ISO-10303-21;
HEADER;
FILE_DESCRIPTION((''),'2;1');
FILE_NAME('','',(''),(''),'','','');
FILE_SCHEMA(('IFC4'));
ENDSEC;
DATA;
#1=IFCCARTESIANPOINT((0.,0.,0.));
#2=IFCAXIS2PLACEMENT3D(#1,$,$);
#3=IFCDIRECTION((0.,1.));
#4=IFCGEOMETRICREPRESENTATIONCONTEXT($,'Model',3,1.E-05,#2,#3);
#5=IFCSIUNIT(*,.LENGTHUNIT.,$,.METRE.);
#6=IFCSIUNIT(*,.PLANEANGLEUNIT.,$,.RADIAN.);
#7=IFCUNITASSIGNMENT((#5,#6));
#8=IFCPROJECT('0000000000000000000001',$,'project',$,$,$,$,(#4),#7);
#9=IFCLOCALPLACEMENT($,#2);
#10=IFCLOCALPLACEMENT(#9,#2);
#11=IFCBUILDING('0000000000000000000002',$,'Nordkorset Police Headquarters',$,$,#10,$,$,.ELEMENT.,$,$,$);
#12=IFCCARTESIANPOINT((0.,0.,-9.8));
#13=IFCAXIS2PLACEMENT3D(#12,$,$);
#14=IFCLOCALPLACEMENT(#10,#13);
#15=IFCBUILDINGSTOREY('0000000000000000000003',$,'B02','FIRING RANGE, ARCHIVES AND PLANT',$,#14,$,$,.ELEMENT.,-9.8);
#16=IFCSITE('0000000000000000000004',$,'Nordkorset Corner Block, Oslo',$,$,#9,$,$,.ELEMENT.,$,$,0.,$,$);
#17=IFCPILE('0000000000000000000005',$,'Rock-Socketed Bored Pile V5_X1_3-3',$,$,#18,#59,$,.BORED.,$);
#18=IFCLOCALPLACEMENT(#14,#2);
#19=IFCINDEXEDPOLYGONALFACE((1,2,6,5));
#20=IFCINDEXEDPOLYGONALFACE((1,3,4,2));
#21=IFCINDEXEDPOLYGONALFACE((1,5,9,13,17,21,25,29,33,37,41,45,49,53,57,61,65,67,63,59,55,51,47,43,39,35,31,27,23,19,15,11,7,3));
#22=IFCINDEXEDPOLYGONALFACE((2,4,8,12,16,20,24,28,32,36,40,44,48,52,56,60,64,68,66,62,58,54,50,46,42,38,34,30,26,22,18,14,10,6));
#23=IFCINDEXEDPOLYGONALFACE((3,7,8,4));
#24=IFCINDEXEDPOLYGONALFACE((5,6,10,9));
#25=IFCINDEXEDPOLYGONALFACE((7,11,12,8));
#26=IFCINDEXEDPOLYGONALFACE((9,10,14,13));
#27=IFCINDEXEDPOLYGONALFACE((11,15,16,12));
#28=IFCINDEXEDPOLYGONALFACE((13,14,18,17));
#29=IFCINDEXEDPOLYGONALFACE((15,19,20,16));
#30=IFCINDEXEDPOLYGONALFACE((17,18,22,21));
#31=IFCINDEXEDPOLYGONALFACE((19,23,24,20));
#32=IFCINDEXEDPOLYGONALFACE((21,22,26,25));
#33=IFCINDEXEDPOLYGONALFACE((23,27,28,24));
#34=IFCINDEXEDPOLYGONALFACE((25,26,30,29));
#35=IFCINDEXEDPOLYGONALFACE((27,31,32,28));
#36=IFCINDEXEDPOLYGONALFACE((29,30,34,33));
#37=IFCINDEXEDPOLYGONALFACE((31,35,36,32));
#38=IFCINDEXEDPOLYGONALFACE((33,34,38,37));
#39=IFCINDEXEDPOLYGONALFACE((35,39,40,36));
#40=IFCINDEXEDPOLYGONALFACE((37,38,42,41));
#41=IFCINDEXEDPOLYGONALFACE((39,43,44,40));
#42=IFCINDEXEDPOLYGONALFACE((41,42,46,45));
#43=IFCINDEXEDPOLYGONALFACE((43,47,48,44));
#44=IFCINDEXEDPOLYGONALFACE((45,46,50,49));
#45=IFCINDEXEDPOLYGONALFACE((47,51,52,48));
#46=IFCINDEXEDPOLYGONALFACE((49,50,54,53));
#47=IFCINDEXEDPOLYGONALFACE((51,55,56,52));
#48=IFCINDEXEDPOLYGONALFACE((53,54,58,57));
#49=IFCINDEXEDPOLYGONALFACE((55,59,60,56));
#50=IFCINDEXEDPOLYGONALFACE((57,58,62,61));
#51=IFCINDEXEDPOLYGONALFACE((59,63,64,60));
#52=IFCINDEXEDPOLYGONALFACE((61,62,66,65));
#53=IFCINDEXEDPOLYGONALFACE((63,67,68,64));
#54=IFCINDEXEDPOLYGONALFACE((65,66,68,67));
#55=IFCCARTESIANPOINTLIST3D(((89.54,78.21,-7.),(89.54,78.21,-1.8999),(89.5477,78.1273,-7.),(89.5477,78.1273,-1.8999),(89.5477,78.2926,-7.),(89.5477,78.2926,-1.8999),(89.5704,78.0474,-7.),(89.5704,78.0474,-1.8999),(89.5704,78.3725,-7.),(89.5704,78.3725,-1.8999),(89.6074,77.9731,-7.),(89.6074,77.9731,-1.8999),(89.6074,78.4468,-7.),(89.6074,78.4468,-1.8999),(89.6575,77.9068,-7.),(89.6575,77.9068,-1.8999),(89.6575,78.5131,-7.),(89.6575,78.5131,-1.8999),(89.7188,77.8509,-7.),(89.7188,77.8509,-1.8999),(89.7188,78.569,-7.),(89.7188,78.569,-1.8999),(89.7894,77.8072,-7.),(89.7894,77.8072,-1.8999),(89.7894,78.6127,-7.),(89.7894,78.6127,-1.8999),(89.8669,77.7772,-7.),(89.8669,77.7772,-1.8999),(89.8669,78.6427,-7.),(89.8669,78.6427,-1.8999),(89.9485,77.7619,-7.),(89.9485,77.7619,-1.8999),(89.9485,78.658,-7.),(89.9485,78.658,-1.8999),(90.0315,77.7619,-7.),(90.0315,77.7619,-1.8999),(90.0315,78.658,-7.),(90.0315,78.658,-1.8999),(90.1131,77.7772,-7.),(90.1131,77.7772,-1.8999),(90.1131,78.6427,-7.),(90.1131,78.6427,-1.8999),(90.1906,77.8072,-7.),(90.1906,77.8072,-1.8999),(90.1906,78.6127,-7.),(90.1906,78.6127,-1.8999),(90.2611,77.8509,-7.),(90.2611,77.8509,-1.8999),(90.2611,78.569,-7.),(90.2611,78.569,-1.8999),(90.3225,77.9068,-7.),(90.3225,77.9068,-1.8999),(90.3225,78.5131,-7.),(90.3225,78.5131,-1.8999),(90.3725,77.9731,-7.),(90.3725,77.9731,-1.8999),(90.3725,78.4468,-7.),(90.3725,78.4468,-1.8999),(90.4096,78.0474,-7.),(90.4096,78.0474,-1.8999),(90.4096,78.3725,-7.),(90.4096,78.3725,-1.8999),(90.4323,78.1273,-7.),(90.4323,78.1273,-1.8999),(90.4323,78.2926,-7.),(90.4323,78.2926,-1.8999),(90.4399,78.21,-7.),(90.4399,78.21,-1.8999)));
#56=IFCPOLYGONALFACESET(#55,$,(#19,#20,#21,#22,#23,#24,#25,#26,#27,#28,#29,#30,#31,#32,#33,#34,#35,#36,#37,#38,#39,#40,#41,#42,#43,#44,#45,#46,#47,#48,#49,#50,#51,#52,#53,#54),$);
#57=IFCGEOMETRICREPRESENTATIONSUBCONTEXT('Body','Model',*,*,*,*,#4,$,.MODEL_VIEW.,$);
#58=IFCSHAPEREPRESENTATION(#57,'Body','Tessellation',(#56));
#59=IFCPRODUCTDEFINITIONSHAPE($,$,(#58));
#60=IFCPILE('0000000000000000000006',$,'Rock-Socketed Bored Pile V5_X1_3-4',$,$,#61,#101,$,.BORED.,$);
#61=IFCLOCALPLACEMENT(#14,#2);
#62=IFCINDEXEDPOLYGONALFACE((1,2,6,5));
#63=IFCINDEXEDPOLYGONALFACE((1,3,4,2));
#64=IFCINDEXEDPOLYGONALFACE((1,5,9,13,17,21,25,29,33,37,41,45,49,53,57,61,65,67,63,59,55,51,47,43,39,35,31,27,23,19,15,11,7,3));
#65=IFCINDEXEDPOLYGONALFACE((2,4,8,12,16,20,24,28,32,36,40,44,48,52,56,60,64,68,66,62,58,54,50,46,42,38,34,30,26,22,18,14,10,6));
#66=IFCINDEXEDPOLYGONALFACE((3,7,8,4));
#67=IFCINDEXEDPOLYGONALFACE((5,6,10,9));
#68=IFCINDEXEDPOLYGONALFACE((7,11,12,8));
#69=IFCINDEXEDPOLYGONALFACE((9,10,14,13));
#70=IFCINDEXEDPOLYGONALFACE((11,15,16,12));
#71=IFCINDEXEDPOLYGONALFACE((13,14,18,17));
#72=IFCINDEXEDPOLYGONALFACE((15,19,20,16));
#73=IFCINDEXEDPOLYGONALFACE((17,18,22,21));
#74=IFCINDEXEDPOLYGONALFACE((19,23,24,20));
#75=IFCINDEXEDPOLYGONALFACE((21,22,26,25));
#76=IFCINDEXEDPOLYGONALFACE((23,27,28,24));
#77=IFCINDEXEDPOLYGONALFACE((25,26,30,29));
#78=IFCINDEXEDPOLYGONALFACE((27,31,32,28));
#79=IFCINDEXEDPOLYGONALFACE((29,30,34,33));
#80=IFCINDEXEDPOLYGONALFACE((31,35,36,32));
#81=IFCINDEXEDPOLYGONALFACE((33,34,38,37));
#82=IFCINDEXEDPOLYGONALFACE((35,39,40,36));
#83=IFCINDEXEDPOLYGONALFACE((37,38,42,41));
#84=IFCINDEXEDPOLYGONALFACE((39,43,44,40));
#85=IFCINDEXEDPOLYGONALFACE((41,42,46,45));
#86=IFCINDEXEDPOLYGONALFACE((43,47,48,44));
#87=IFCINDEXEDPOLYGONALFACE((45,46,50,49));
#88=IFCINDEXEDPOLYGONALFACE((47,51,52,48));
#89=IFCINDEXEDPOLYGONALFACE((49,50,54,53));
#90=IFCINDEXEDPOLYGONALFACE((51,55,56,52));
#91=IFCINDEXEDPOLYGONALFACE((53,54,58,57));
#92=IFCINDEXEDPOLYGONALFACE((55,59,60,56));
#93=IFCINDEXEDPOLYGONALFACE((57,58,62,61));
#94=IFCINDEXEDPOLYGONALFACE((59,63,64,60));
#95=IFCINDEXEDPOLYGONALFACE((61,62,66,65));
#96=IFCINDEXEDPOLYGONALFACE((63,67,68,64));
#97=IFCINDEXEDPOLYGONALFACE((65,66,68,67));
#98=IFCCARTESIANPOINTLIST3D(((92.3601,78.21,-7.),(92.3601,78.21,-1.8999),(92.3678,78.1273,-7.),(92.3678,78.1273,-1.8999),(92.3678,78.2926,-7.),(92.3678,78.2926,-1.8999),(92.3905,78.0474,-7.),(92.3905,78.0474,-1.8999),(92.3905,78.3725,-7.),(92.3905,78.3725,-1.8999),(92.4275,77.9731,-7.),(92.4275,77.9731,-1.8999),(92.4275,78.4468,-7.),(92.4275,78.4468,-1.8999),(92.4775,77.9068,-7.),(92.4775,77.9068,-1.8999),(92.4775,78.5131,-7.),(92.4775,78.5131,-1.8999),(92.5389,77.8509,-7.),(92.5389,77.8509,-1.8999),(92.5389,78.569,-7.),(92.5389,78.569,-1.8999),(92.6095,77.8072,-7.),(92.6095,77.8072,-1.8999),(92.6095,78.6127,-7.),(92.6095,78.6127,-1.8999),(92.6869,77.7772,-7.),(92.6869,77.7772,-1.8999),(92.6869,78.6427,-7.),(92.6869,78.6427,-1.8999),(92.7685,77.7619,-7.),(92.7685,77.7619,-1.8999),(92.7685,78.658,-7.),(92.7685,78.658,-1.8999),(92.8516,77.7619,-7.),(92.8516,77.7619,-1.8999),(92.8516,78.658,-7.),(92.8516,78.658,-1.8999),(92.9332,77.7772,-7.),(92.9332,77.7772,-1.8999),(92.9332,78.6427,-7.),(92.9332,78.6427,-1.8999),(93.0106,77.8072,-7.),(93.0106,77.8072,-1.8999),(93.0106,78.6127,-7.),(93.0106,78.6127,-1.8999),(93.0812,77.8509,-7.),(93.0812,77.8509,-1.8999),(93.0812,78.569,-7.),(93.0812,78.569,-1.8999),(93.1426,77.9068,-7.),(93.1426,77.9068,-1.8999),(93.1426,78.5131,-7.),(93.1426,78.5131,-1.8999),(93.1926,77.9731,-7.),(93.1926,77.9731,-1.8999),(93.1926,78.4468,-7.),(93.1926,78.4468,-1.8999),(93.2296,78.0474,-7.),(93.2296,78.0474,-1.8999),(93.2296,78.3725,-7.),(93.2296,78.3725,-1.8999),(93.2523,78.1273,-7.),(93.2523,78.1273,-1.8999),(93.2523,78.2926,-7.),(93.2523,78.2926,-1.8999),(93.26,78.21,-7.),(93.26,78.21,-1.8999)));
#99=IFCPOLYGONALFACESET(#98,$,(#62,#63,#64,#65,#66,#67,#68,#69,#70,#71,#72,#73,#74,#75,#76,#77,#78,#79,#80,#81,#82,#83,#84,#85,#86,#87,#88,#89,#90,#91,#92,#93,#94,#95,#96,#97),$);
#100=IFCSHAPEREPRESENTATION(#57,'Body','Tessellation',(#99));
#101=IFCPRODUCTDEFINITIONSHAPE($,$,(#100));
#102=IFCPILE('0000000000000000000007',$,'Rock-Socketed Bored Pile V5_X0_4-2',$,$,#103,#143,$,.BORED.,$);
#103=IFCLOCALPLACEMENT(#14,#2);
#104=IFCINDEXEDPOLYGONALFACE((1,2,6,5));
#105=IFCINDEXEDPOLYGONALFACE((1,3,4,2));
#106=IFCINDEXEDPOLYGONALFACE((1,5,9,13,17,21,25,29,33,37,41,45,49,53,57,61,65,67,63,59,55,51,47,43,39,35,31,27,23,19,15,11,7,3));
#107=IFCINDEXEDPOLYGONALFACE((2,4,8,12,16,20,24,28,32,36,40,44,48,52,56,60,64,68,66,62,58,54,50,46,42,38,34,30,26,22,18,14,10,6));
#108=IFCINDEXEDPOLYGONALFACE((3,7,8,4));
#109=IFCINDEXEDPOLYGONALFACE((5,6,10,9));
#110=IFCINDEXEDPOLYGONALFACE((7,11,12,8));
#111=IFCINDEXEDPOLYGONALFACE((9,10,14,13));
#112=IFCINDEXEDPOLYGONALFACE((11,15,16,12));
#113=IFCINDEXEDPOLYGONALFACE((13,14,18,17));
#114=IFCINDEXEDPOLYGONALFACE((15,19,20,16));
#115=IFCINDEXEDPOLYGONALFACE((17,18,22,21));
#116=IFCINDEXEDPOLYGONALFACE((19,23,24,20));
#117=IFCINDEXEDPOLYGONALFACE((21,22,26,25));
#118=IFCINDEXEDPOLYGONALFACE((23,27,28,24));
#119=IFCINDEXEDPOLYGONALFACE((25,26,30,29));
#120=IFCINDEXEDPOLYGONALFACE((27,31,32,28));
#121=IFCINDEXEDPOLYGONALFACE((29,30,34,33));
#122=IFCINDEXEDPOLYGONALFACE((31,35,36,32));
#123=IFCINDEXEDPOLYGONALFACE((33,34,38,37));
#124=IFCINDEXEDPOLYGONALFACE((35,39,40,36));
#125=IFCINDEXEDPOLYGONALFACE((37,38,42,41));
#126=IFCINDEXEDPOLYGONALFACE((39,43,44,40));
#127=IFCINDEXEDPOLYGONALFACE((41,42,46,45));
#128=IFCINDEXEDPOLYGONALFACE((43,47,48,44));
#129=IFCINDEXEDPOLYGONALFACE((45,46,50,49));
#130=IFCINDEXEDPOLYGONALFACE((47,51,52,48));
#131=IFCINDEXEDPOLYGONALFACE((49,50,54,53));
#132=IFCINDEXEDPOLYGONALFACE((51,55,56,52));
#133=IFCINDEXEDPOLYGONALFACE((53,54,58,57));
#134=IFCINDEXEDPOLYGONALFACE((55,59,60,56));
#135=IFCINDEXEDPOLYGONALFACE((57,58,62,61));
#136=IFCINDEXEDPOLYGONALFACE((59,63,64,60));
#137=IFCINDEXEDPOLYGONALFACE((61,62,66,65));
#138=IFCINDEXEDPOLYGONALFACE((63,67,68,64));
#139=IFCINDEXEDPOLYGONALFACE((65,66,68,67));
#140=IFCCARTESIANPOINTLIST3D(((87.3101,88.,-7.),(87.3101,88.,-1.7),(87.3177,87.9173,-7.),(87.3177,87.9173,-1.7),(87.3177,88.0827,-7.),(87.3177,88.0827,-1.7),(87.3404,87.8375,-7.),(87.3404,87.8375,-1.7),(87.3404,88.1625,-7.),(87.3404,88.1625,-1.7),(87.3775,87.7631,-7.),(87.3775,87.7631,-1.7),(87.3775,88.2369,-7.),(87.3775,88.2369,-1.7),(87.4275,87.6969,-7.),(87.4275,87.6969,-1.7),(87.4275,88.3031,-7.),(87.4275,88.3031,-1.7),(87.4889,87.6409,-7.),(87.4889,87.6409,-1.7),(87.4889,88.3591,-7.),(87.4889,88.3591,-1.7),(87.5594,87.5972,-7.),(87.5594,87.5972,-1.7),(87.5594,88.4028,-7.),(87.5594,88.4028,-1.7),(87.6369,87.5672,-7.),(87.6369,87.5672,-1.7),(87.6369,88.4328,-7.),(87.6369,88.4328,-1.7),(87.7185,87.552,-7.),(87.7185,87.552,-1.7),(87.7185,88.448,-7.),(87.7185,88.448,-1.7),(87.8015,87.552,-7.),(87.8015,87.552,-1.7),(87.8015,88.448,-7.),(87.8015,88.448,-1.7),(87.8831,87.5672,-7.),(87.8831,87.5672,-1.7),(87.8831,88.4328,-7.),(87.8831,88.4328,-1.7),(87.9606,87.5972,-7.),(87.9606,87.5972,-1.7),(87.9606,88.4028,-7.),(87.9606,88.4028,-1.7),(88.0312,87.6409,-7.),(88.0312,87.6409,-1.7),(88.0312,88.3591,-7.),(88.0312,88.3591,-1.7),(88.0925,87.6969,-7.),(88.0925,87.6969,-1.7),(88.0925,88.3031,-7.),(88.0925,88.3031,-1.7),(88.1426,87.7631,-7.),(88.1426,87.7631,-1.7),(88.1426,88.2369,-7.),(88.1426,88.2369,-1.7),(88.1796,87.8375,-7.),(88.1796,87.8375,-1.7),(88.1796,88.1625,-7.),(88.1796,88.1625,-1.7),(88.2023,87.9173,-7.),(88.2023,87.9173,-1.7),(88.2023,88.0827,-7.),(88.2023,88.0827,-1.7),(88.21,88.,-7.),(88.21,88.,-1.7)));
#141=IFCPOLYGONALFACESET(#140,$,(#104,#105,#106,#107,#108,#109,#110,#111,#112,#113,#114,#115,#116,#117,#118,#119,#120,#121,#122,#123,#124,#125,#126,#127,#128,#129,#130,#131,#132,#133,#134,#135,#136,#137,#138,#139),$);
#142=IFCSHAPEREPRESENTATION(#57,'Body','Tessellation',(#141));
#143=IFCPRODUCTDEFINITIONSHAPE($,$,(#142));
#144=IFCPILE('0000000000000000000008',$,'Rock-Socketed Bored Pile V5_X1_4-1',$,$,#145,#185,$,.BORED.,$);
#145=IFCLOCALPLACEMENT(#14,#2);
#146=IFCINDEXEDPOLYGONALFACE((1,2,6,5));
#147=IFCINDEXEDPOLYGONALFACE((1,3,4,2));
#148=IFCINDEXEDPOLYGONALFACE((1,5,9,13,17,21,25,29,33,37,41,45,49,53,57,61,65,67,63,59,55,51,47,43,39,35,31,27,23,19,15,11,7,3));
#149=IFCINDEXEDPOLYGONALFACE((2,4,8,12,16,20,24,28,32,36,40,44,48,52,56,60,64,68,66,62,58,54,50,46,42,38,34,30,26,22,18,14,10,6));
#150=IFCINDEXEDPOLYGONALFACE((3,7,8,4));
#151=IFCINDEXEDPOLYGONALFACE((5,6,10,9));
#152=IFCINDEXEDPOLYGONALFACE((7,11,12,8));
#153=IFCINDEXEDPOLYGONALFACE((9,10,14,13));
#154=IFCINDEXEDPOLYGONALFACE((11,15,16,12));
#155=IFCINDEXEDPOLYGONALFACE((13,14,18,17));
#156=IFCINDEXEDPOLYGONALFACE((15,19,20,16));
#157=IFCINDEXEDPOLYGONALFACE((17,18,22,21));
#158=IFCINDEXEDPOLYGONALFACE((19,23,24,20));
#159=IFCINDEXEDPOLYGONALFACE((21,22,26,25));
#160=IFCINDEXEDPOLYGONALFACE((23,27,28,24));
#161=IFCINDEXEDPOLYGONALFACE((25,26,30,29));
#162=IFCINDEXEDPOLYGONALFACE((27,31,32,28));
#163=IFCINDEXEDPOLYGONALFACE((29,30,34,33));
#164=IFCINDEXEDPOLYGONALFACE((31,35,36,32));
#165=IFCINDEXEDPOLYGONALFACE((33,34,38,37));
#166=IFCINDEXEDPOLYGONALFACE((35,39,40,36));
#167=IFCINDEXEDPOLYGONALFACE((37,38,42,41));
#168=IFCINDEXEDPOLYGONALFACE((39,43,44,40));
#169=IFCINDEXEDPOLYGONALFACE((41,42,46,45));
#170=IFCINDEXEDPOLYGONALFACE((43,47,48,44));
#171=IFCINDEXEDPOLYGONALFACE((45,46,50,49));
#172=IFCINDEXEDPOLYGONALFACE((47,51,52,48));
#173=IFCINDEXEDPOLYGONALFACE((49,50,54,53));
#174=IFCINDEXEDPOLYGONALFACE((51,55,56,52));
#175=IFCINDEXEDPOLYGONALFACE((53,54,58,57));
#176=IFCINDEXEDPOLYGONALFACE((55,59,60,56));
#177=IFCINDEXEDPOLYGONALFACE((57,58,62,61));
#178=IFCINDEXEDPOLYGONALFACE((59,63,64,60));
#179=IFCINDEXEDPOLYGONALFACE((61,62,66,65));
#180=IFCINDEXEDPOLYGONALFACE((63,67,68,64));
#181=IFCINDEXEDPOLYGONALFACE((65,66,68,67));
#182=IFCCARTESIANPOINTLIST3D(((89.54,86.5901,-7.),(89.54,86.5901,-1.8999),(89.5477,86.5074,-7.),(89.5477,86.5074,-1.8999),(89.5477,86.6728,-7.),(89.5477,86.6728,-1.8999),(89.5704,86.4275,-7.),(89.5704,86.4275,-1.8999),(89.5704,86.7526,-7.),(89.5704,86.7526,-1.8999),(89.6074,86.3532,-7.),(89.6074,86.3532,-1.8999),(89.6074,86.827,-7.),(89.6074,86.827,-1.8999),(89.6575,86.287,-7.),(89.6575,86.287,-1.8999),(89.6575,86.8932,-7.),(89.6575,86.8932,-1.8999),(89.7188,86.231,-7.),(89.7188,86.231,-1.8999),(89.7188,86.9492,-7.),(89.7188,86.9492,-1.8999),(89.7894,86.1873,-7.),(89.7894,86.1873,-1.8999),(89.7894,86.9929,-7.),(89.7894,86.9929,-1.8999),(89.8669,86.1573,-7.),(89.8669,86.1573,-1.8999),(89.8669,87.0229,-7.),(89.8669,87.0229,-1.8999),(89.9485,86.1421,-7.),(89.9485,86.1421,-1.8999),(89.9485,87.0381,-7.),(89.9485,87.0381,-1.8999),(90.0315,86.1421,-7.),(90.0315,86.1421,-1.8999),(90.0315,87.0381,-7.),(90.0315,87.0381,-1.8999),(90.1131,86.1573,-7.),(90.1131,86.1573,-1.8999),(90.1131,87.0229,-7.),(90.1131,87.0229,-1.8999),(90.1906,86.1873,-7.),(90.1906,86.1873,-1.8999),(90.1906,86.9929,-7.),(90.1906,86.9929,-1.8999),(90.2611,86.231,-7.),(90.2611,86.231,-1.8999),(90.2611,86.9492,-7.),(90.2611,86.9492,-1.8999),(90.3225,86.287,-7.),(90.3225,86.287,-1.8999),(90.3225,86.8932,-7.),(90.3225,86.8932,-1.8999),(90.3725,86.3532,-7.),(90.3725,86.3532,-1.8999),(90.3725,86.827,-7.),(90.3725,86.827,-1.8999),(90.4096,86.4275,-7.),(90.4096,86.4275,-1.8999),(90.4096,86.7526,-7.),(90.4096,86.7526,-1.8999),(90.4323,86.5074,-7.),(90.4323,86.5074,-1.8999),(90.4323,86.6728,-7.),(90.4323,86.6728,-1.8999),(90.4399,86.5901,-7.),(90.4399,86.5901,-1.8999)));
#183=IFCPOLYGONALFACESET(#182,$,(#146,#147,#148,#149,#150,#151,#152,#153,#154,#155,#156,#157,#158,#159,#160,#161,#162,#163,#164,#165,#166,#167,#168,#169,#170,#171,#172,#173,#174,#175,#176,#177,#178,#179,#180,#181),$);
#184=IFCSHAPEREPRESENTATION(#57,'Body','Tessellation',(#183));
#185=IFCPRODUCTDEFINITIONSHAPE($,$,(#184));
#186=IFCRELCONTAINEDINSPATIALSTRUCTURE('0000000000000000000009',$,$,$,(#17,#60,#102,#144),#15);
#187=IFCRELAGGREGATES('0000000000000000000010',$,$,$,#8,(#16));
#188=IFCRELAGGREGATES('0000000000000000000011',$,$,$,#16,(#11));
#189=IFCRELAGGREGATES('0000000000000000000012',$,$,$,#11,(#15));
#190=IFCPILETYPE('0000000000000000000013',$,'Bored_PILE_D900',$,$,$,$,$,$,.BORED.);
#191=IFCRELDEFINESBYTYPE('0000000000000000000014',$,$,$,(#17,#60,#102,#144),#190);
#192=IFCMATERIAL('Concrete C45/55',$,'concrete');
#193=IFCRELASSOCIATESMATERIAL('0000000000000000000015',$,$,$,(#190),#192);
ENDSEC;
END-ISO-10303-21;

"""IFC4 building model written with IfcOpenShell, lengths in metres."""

from ifc_helpers import new_model, si_unit, direction, frame, origin, origin_2d, place, context, subcontext, project, spatial, circle, extrude, material, material_profile, profile_set, type_object, element, save


model = new_model("IFC4")

# Units and contexts
model_context = context("Model", 3, precision=1e-05, world=origin(), true_north=direction((0.0, 1.0)))
body_context = subcontext(model_context, "Body", "Model", "MODEL_VIEW")
ifc_project = project(units=[si_unit("LENGTHUNIT", "METRE"), si_unit("PLANEANGLEUNIT", "RADIAN")], contexts=[model_context])

# Site, building, storey
site_placement = place(None, origin())
site = spatial("IfcSite", under=ifc_project, at=site_placement, Name="Nordkorset Corner Block, Oslo", CompositionType="ELEMENT", RefElevation=0.0)
building_placement = place(site_placement, origin())
building = spatial("IfcBuilding", under=site, at=building_placement, Name="Nordkorset Police Headquarters", CompositionType="ELEMENT")
storey_placement = place(building_placement, frame((0.0, 0.0, -9.8)))
storey = spatial("IfcBuildingStorey", under=building, at=storey_placement, Name="B02", Description="FIRING RANGE, ARCHIVES AND PLANT", CompositionType="ELEMENT", Elevation=-9.8)

# Piles
ifc_material_1 = material(Name="Concrete C45/55", Category="concrete")
ifc_material_profile_1 = material_profile(ifc_material_1, circle(Radius=0.45, at=origin_2d()), Name="PILE D900")
ifc_profile_set_1 = profile_set([ifc_material_profile_1], Name="Concrete C45/55")
pile_type = type_object("IfcPileType", Name="Bored_PILE_D900", PredefinedType="BORED", material=ifc_profile_set_1)
for number, where, z_axis, x_axis, name in (
    (1, (89.99, 78.21, -1.8999), (0.0, 0.0, -1.0), (1.0, 0.0, 0.0), "Rock-Socketed Bored Pile V5_X1_3-3"),
    (2, (92.8101, 78.21, -1.8999), (0.0, 0.0, -1.0), (1.0, 0.0, 0.0), "Rock-Socketed Bored Pile V5_X1_3-4"),
):
    element("IfcPile", number, at=place(storey_placement, frame(where, z_axis=z_axis, x_axis=x_axis)), inside=storey, type_object=pile_type, Name=name, PredefinedType="BORED", context=body_context, shape_type="SweptSolid", body=[
        extrude(circle(Radius=0.45, at=origin_2d()), origin(), (0.0, 0.0, 1.0), 5.1001),
    ])
pile_placement = place(storey_placement, frame((87.76, 88.0, -1.7), z_axis=(0.0, 0.0, -1.0), x_axis=(1.0, 0.0, 0.0)))
element("IfcPile", 3, at=pile_placement, inside=storey, type_object=pile_type, Name="Rock-Socketed Bored Pile V5_X0_4-2", PredefinedType="BORED", context=body_context, shape_type="SweptSolid", body=[
    extrude(circle(Radius=0.45, at=origin_2d()), origin(), (0.0, 0.0, 1.0), 5.3),
])
for number, where, z_axis, x_axis, name in (
    (4, (89.99, 86.5901, -1.8999), (0.0, 0.0, -1.0), (1.0, 0.0, 0.0), "Rock-Socketed Bored Pile V5_X1_4-1"),
):
    element("IfcPile", number, at=place(storey_placement, frame(where, z_axis=z_axis, x_axis=x_axis)), inside=storey, type_object=pile_type, Name=name, PredefinedType="BORED", context=body_context, shape_type="SweptSolid", body=[
        extrude(circle(Radius=0.45, at=origin_2d()), origin(), (0.0, 0.0, 1.0), 5.1001),
    ])

save(model, "model.ifc")
